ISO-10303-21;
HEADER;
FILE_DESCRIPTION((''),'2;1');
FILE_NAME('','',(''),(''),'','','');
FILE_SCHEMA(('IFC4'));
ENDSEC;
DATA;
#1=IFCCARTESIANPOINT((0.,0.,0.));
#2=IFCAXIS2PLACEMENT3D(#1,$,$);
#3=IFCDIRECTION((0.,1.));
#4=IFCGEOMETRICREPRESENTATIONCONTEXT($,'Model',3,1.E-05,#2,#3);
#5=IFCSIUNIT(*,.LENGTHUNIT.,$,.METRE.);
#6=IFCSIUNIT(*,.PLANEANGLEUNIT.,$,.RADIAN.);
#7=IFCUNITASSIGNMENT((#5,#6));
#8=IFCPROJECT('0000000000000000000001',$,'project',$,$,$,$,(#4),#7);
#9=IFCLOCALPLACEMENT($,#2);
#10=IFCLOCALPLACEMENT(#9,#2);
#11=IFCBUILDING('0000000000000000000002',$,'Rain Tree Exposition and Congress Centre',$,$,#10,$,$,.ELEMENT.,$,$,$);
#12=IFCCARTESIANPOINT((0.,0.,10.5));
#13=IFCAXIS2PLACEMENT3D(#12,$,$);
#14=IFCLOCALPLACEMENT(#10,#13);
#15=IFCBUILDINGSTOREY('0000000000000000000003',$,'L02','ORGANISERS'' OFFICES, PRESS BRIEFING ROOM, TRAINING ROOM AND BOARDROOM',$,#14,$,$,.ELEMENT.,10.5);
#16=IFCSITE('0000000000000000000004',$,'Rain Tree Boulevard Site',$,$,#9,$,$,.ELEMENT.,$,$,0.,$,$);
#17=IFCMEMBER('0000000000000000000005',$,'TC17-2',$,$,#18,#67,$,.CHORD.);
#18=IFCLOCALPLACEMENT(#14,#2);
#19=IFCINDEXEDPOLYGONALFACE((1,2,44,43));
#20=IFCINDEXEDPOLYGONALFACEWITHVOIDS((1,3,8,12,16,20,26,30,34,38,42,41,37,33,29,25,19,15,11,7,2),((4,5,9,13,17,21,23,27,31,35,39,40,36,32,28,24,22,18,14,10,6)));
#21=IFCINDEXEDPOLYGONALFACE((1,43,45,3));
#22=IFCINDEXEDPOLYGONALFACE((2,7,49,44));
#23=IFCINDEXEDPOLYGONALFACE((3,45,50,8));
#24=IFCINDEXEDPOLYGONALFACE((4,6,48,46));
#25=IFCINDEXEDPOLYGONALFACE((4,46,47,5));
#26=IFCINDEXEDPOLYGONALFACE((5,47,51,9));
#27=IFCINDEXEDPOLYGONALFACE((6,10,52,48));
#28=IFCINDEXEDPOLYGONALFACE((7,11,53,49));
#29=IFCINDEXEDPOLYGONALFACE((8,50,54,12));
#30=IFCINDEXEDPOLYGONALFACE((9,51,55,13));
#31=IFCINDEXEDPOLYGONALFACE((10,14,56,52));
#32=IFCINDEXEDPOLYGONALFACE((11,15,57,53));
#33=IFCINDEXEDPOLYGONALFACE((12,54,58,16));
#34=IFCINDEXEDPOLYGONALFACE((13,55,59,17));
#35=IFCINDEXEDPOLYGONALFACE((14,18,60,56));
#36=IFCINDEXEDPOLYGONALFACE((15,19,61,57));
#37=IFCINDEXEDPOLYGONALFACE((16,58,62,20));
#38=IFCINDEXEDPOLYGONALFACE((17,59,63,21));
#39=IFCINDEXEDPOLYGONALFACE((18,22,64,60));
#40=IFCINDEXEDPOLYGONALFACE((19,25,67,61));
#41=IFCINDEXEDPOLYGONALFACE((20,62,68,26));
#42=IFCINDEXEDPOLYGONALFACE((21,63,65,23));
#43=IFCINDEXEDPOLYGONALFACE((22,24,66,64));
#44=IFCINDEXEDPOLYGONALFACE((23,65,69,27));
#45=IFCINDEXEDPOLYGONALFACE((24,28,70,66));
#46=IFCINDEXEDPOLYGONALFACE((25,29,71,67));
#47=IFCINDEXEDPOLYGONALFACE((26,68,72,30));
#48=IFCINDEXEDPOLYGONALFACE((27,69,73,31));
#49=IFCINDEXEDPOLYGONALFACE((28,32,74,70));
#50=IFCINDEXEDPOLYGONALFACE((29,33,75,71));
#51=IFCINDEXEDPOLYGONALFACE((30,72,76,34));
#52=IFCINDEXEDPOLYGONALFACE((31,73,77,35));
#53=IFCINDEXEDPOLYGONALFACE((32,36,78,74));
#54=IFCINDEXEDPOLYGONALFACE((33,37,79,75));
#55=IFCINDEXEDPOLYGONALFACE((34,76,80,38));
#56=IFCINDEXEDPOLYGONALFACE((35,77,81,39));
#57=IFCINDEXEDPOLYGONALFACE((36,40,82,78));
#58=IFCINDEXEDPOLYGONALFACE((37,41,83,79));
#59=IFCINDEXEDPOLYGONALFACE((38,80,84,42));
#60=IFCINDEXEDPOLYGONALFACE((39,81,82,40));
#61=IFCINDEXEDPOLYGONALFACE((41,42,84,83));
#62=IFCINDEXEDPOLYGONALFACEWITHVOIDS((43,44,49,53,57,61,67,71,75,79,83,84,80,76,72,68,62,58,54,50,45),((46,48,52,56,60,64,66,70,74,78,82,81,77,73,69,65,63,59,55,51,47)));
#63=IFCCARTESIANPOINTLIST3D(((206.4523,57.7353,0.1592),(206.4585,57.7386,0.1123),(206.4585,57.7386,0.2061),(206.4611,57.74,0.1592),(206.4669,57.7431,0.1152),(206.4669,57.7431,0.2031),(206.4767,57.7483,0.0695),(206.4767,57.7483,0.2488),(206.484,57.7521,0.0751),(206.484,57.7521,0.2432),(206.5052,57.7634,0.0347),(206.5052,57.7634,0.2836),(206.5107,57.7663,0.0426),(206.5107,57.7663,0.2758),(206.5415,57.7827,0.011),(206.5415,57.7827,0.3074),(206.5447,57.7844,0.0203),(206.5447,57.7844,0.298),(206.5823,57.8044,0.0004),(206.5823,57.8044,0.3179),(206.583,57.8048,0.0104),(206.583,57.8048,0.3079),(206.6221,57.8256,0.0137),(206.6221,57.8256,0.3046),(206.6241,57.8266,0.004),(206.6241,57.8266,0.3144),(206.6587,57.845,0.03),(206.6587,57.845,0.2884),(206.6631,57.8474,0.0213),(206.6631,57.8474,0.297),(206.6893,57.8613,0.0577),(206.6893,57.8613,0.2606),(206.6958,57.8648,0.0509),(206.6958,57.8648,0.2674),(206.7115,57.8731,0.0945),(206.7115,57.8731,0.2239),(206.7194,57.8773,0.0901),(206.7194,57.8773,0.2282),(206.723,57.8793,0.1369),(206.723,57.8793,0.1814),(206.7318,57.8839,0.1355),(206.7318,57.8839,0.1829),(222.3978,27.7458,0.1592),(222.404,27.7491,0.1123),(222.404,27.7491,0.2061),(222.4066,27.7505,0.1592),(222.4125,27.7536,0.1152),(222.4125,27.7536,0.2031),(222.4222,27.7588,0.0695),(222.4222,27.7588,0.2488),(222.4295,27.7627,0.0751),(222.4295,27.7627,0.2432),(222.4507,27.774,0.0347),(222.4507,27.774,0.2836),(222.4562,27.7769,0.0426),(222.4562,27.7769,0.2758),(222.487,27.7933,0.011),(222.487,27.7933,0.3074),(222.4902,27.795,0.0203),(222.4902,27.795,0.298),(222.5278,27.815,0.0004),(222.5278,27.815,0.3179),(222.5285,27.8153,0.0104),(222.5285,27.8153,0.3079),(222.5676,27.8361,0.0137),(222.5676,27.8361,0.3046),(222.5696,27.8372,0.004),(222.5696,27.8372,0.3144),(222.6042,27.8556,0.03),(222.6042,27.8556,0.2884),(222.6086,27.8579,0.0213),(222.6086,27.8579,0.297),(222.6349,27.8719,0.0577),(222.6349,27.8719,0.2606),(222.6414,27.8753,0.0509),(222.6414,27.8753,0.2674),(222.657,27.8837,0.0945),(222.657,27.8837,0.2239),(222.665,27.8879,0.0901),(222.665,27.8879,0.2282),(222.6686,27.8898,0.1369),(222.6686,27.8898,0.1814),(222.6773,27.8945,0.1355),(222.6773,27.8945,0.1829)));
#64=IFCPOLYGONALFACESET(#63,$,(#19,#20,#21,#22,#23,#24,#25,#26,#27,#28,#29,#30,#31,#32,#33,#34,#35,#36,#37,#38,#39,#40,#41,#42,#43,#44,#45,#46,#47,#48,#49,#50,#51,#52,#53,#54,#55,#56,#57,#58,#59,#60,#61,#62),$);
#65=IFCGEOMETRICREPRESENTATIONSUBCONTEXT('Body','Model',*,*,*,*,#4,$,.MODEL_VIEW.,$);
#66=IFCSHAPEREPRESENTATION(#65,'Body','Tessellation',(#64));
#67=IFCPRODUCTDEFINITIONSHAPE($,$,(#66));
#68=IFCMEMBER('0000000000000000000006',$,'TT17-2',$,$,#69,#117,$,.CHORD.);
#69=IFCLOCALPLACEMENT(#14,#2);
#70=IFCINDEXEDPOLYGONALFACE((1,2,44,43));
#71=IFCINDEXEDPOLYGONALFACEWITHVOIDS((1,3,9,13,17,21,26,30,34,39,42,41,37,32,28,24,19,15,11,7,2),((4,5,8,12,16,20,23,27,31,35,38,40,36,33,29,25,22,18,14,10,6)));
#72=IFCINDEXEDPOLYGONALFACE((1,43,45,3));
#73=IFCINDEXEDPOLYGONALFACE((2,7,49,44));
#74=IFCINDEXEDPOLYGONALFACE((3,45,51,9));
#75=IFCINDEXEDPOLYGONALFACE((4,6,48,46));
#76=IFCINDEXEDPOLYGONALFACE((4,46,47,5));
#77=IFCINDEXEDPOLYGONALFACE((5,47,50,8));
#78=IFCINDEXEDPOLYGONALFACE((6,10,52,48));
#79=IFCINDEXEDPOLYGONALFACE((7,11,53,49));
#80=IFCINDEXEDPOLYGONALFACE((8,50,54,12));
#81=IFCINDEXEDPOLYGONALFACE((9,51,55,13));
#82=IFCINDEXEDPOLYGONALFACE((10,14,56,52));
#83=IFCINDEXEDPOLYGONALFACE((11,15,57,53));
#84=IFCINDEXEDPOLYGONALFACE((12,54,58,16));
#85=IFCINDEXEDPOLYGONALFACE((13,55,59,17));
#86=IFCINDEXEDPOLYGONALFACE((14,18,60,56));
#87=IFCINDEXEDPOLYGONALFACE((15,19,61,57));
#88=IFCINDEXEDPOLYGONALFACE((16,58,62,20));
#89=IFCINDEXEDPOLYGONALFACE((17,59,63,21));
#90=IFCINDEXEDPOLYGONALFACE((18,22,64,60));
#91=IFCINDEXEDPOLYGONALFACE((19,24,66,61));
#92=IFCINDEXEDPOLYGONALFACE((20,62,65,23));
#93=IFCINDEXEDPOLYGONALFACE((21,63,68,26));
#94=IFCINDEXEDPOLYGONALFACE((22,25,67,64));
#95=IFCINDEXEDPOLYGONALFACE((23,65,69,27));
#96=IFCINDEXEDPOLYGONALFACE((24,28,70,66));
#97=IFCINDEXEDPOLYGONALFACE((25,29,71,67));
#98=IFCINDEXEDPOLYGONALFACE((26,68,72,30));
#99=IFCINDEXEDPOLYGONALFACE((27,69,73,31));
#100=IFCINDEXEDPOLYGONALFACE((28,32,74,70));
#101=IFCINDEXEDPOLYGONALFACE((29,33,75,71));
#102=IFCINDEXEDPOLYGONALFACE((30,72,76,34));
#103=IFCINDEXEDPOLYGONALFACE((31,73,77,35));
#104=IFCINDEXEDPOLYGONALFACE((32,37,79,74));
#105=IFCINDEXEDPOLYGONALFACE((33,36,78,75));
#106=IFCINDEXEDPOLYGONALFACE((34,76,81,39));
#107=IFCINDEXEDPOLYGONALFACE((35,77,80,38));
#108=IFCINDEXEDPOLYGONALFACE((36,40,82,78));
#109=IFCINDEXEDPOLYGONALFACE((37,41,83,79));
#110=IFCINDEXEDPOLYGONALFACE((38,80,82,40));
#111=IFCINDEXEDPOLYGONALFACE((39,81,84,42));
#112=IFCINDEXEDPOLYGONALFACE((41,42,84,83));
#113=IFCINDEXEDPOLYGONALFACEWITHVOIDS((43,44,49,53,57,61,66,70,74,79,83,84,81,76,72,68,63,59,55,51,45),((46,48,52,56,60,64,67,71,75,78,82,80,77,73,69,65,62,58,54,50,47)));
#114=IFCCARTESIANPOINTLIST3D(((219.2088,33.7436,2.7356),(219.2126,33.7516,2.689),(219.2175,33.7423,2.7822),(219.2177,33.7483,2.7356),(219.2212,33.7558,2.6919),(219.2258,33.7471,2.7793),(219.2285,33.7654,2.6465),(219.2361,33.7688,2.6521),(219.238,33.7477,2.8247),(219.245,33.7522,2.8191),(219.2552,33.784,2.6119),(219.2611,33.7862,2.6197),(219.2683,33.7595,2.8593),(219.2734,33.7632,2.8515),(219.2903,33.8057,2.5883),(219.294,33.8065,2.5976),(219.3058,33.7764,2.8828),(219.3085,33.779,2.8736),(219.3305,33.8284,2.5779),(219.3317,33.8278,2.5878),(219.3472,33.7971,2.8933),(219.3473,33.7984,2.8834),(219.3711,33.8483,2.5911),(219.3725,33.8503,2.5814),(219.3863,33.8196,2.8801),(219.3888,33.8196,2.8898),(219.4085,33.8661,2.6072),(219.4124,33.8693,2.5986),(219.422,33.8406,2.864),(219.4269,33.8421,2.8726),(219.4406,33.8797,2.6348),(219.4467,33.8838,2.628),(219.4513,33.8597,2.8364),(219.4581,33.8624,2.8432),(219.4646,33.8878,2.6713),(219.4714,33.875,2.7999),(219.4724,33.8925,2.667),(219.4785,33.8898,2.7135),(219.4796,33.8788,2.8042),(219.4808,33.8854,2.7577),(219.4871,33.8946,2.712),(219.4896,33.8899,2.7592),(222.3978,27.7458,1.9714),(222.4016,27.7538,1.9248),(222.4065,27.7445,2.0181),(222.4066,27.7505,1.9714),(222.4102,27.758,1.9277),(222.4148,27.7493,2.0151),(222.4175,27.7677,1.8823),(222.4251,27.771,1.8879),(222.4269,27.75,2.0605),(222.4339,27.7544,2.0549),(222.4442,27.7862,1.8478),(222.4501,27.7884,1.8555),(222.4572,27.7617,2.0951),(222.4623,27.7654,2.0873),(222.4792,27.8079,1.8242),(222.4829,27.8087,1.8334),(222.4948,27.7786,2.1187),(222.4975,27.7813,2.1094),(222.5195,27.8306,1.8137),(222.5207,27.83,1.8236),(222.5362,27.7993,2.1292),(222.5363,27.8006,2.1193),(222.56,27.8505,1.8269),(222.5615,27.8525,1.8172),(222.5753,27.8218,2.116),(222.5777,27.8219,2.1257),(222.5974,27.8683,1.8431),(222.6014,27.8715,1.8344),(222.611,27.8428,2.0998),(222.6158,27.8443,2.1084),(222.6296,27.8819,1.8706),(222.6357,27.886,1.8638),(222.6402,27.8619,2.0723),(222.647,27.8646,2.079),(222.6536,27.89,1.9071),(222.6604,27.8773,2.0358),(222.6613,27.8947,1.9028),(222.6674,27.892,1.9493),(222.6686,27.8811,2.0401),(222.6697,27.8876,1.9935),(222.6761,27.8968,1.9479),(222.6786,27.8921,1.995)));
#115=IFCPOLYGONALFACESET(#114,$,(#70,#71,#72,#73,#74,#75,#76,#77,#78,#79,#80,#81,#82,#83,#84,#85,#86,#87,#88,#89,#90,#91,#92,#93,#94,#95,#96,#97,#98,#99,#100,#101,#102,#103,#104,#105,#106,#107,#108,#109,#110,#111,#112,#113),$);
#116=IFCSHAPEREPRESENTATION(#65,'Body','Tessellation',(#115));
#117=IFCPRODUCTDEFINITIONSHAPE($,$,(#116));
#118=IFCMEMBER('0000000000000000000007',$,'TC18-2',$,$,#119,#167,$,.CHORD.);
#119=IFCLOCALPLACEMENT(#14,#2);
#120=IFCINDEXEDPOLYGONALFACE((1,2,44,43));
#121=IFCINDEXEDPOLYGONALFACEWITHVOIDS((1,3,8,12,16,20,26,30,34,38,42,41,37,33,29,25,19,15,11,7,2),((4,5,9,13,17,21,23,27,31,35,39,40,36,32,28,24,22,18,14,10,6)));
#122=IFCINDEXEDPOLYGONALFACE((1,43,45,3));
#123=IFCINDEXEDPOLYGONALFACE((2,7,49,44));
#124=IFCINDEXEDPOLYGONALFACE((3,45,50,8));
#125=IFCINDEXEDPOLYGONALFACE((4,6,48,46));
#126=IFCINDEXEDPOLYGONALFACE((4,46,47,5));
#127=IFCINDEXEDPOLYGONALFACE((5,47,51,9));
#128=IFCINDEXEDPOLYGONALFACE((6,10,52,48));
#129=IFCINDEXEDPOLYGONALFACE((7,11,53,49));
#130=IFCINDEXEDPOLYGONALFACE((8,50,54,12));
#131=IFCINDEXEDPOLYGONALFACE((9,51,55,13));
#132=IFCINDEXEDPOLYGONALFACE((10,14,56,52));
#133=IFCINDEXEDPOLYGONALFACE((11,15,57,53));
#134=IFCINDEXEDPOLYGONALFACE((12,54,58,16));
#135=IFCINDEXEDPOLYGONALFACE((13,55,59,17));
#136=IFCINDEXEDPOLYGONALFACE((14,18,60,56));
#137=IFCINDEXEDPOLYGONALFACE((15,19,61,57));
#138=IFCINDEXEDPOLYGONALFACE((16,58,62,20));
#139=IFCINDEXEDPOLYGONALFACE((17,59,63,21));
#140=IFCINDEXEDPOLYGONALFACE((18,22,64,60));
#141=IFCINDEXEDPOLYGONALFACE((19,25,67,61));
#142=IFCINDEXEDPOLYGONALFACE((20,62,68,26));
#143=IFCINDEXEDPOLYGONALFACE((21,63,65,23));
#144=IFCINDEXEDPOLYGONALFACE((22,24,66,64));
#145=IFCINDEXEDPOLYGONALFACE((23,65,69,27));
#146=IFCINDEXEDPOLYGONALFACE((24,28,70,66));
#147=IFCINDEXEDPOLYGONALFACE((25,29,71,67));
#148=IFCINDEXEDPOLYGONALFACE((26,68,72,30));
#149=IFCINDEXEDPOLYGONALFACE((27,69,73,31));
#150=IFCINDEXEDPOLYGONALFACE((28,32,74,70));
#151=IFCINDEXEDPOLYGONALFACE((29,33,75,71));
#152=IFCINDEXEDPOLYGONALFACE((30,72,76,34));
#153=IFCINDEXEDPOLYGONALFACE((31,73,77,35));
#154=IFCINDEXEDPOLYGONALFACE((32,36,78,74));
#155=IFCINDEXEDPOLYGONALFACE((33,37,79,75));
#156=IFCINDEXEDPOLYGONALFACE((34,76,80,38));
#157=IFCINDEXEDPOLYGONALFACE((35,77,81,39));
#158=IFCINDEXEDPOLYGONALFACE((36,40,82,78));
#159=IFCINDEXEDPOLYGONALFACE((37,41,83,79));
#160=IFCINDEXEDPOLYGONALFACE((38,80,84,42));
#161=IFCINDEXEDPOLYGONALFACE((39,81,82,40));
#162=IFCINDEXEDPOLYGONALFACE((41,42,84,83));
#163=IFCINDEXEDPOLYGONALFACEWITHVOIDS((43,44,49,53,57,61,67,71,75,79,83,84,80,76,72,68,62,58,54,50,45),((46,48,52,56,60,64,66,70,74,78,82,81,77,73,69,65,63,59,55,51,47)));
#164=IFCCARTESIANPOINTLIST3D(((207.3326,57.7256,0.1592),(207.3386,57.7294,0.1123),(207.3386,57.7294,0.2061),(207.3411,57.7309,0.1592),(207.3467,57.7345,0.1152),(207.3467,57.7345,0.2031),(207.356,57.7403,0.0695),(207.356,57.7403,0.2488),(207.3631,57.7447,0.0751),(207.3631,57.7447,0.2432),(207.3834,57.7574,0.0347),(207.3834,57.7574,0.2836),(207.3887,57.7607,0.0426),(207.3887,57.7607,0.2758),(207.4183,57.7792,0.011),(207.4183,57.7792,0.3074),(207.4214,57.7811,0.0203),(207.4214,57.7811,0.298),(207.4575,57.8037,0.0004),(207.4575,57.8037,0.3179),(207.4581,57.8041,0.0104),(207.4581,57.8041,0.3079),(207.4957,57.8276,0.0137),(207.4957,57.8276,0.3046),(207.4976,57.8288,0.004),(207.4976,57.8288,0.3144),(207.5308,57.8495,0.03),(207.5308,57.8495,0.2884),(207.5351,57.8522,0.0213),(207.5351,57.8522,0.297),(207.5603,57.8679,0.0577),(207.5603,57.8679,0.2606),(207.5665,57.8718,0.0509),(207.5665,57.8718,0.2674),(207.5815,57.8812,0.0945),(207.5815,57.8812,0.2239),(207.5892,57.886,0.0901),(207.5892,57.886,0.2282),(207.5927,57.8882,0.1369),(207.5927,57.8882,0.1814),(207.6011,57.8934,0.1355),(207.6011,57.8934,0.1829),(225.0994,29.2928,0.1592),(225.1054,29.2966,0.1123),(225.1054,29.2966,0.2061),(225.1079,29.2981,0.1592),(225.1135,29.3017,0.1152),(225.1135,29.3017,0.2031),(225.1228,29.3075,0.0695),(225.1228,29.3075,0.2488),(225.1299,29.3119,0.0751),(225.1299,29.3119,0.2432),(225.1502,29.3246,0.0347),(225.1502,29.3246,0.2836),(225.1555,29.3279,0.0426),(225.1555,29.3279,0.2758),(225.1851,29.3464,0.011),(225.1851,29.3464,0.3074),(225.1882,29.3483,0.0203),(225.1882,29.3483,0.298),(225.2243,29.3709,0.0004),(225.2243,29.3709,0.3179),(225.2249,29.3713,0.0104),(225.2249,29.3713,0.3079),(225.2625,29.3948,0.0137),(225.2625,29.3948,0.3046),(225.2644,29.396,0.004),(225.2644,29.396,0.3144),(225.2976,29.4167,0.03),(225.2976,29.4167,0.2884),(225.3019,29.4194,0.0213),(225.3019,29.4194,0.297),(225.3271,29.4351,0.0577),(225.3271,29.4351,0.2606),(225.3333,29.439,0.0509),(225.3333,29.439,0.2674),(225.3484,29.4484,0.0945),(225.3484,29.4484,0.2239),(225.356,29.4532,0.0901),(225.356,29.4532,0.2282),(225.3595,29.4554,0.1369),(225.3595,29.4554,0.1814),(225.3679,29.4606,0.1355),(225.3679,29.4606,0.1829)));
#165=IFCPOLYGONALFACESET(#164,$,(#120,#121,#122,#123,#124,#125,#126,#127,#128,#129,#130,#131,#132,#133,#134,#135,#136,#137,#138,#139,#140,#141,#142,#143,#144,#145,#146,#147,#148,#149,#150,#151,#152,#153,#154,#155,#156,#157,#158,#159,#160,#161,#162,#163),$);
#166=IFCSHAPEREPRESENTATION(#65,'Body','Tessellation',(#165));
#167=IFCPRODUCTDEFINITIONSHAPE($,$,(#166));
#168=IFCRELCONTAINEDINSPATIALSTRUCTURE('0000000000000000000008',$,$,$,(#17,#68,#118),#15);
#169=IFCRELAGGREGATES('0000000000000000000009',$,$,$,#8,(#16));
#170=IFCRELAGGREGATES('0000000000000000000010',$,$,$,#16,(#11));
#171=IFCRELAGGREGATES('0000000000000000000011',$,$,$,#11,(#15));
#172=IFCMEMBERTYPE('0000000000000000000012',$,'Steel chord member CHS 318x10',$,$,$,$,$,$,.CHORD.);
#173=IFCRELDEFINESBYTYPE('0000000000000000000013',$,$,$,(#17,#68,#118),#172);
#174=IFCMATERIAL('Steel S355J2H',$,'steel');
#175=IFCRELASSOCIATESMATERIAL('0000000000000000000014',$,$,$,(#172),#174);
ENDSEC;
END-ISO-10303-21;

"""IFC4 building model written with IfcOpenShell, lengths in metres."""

from ifc_helpers import new_model, si_unit, direction, frame, origin, origin_2d, place, context, subcontext, project, spatial, hollow_circle, extrude, material, material_profile, profile_set, type_object, element, save


model = new_model("IFC4")

# Units and contexts
model_context = context("Model", 3, precision=1e-05, world=origin(), true_north=direction((0.0, 1.0)))
body_context = subcontext(model_context, "Body", "Model", "MODEL_VIEW")
ifc_project = project(units=[si_unit("LENGTHUNIT", "METRE"), si_unit("PLANEANGLEUNIT", "RADIAN")], contexts=[model_context])

# Site, building, storey
site_placement = place(None, origin())
site = spatial("IfcSite", under=ifc_project, at=site_placement, Name="Rain Tree Boulevard Site", CompositionType="ELEMENT", RefElevation=0.0)
building_placement = place(site_placement, origin())
building = spatial("IfcBuilding", under=site, at=building_placement, Name="Rain Tree Exposition and Congress Centre", CompositionType="ELEMENT")
storey_placement = place(building_placement, frame((0.0, 0.0, 10.5)))
storey = spatial("IfcBuildingStorey", under=building, at=storey_placement, Name="L02", Description="ORGANISERS' OFFICES, PRESS BRIEFING ROOM, TRAINING ROOM AND BOARDROOM", CompositionType="ELEMENT", Elevation=10.5)

# Members
ifc_material_1 = material(Name="Steel S355J2H", Category="steel")
ifc_material_profile_1 = material_profile(ifc_material_1, hollow_circle(Radius=0.1592, WallThickness=0.01, at=origin_2d()), Name="CHS 318x10")
ifc_profile_set_1 = profile_set([ifc_material_profile_1], Name="Steel S355J2H")
member_type_1 = type_object("IfcMemberType", Name="Steel chord member CHS 318x10", PredefinedType="CHORD", material=ifc_profile_set_1)
member_1_placement = place(storey_placement, frame((222.5383, 27.8206, 0.1592), z_axis=(-0.469468, 0.882949, 0.0), x_axis=(-0.882949, -0.469468, 0.0)))
element("IfcMember", 1, at=member_1_placement, inside=storey, type_object=member_type_1, Name="TC17-2", PredefinedType="CHORD", context=body_context, shape_type="SweptSolid", body=[
    extrude(hollow_circle(Radius=0.1592, WallThickness=0.01, at=origin_2d()), origin(), (0.0, 0.0, 1.0), 33.9651),
])
member_2_placement = place(storey_placement, frame((222.5383, 27.8206, 1.9714), z_axis=(-0.466515, 0.877421, 0.111789), x_axis=(-0.882955, -0.469457, 0.0)))
element("IfcMember", 2, at=member_2_placement, inside=storey, type_object=member_type_1, Name="TT17-2", PredefinedType="CHORD", context=body_context, shape_type="SweptSolid", body=[
    extrude(hollow_circle(Radius=0.1592, WallThickness=0.01, at=origin_2d()), origin(), (0.0, 0.0, 1.0), 6.8357),
])
member_3_placement = place(storey_placement, frame((225.2344, 29.3772, 0.1592), z_axis=(-0.52992, 0.848048, 0.0), x_axis=(-0.848048, -0.52992, 0.0)))
element("IfcMember", 3, at=member_3_placement, inside=storey, type_object=member_type_1, Name="TC18-2", PredefinedType="CHORD", context=body_context, shape_type="SweptSolid", body=[
    extrude(hollow_circle(Radius=0.1592, WallThickness=0.01, at=origin_2d()), origin(), (0.0, 0.0, 1.0), 33.5273),
])

save(model, "model.ifc")
